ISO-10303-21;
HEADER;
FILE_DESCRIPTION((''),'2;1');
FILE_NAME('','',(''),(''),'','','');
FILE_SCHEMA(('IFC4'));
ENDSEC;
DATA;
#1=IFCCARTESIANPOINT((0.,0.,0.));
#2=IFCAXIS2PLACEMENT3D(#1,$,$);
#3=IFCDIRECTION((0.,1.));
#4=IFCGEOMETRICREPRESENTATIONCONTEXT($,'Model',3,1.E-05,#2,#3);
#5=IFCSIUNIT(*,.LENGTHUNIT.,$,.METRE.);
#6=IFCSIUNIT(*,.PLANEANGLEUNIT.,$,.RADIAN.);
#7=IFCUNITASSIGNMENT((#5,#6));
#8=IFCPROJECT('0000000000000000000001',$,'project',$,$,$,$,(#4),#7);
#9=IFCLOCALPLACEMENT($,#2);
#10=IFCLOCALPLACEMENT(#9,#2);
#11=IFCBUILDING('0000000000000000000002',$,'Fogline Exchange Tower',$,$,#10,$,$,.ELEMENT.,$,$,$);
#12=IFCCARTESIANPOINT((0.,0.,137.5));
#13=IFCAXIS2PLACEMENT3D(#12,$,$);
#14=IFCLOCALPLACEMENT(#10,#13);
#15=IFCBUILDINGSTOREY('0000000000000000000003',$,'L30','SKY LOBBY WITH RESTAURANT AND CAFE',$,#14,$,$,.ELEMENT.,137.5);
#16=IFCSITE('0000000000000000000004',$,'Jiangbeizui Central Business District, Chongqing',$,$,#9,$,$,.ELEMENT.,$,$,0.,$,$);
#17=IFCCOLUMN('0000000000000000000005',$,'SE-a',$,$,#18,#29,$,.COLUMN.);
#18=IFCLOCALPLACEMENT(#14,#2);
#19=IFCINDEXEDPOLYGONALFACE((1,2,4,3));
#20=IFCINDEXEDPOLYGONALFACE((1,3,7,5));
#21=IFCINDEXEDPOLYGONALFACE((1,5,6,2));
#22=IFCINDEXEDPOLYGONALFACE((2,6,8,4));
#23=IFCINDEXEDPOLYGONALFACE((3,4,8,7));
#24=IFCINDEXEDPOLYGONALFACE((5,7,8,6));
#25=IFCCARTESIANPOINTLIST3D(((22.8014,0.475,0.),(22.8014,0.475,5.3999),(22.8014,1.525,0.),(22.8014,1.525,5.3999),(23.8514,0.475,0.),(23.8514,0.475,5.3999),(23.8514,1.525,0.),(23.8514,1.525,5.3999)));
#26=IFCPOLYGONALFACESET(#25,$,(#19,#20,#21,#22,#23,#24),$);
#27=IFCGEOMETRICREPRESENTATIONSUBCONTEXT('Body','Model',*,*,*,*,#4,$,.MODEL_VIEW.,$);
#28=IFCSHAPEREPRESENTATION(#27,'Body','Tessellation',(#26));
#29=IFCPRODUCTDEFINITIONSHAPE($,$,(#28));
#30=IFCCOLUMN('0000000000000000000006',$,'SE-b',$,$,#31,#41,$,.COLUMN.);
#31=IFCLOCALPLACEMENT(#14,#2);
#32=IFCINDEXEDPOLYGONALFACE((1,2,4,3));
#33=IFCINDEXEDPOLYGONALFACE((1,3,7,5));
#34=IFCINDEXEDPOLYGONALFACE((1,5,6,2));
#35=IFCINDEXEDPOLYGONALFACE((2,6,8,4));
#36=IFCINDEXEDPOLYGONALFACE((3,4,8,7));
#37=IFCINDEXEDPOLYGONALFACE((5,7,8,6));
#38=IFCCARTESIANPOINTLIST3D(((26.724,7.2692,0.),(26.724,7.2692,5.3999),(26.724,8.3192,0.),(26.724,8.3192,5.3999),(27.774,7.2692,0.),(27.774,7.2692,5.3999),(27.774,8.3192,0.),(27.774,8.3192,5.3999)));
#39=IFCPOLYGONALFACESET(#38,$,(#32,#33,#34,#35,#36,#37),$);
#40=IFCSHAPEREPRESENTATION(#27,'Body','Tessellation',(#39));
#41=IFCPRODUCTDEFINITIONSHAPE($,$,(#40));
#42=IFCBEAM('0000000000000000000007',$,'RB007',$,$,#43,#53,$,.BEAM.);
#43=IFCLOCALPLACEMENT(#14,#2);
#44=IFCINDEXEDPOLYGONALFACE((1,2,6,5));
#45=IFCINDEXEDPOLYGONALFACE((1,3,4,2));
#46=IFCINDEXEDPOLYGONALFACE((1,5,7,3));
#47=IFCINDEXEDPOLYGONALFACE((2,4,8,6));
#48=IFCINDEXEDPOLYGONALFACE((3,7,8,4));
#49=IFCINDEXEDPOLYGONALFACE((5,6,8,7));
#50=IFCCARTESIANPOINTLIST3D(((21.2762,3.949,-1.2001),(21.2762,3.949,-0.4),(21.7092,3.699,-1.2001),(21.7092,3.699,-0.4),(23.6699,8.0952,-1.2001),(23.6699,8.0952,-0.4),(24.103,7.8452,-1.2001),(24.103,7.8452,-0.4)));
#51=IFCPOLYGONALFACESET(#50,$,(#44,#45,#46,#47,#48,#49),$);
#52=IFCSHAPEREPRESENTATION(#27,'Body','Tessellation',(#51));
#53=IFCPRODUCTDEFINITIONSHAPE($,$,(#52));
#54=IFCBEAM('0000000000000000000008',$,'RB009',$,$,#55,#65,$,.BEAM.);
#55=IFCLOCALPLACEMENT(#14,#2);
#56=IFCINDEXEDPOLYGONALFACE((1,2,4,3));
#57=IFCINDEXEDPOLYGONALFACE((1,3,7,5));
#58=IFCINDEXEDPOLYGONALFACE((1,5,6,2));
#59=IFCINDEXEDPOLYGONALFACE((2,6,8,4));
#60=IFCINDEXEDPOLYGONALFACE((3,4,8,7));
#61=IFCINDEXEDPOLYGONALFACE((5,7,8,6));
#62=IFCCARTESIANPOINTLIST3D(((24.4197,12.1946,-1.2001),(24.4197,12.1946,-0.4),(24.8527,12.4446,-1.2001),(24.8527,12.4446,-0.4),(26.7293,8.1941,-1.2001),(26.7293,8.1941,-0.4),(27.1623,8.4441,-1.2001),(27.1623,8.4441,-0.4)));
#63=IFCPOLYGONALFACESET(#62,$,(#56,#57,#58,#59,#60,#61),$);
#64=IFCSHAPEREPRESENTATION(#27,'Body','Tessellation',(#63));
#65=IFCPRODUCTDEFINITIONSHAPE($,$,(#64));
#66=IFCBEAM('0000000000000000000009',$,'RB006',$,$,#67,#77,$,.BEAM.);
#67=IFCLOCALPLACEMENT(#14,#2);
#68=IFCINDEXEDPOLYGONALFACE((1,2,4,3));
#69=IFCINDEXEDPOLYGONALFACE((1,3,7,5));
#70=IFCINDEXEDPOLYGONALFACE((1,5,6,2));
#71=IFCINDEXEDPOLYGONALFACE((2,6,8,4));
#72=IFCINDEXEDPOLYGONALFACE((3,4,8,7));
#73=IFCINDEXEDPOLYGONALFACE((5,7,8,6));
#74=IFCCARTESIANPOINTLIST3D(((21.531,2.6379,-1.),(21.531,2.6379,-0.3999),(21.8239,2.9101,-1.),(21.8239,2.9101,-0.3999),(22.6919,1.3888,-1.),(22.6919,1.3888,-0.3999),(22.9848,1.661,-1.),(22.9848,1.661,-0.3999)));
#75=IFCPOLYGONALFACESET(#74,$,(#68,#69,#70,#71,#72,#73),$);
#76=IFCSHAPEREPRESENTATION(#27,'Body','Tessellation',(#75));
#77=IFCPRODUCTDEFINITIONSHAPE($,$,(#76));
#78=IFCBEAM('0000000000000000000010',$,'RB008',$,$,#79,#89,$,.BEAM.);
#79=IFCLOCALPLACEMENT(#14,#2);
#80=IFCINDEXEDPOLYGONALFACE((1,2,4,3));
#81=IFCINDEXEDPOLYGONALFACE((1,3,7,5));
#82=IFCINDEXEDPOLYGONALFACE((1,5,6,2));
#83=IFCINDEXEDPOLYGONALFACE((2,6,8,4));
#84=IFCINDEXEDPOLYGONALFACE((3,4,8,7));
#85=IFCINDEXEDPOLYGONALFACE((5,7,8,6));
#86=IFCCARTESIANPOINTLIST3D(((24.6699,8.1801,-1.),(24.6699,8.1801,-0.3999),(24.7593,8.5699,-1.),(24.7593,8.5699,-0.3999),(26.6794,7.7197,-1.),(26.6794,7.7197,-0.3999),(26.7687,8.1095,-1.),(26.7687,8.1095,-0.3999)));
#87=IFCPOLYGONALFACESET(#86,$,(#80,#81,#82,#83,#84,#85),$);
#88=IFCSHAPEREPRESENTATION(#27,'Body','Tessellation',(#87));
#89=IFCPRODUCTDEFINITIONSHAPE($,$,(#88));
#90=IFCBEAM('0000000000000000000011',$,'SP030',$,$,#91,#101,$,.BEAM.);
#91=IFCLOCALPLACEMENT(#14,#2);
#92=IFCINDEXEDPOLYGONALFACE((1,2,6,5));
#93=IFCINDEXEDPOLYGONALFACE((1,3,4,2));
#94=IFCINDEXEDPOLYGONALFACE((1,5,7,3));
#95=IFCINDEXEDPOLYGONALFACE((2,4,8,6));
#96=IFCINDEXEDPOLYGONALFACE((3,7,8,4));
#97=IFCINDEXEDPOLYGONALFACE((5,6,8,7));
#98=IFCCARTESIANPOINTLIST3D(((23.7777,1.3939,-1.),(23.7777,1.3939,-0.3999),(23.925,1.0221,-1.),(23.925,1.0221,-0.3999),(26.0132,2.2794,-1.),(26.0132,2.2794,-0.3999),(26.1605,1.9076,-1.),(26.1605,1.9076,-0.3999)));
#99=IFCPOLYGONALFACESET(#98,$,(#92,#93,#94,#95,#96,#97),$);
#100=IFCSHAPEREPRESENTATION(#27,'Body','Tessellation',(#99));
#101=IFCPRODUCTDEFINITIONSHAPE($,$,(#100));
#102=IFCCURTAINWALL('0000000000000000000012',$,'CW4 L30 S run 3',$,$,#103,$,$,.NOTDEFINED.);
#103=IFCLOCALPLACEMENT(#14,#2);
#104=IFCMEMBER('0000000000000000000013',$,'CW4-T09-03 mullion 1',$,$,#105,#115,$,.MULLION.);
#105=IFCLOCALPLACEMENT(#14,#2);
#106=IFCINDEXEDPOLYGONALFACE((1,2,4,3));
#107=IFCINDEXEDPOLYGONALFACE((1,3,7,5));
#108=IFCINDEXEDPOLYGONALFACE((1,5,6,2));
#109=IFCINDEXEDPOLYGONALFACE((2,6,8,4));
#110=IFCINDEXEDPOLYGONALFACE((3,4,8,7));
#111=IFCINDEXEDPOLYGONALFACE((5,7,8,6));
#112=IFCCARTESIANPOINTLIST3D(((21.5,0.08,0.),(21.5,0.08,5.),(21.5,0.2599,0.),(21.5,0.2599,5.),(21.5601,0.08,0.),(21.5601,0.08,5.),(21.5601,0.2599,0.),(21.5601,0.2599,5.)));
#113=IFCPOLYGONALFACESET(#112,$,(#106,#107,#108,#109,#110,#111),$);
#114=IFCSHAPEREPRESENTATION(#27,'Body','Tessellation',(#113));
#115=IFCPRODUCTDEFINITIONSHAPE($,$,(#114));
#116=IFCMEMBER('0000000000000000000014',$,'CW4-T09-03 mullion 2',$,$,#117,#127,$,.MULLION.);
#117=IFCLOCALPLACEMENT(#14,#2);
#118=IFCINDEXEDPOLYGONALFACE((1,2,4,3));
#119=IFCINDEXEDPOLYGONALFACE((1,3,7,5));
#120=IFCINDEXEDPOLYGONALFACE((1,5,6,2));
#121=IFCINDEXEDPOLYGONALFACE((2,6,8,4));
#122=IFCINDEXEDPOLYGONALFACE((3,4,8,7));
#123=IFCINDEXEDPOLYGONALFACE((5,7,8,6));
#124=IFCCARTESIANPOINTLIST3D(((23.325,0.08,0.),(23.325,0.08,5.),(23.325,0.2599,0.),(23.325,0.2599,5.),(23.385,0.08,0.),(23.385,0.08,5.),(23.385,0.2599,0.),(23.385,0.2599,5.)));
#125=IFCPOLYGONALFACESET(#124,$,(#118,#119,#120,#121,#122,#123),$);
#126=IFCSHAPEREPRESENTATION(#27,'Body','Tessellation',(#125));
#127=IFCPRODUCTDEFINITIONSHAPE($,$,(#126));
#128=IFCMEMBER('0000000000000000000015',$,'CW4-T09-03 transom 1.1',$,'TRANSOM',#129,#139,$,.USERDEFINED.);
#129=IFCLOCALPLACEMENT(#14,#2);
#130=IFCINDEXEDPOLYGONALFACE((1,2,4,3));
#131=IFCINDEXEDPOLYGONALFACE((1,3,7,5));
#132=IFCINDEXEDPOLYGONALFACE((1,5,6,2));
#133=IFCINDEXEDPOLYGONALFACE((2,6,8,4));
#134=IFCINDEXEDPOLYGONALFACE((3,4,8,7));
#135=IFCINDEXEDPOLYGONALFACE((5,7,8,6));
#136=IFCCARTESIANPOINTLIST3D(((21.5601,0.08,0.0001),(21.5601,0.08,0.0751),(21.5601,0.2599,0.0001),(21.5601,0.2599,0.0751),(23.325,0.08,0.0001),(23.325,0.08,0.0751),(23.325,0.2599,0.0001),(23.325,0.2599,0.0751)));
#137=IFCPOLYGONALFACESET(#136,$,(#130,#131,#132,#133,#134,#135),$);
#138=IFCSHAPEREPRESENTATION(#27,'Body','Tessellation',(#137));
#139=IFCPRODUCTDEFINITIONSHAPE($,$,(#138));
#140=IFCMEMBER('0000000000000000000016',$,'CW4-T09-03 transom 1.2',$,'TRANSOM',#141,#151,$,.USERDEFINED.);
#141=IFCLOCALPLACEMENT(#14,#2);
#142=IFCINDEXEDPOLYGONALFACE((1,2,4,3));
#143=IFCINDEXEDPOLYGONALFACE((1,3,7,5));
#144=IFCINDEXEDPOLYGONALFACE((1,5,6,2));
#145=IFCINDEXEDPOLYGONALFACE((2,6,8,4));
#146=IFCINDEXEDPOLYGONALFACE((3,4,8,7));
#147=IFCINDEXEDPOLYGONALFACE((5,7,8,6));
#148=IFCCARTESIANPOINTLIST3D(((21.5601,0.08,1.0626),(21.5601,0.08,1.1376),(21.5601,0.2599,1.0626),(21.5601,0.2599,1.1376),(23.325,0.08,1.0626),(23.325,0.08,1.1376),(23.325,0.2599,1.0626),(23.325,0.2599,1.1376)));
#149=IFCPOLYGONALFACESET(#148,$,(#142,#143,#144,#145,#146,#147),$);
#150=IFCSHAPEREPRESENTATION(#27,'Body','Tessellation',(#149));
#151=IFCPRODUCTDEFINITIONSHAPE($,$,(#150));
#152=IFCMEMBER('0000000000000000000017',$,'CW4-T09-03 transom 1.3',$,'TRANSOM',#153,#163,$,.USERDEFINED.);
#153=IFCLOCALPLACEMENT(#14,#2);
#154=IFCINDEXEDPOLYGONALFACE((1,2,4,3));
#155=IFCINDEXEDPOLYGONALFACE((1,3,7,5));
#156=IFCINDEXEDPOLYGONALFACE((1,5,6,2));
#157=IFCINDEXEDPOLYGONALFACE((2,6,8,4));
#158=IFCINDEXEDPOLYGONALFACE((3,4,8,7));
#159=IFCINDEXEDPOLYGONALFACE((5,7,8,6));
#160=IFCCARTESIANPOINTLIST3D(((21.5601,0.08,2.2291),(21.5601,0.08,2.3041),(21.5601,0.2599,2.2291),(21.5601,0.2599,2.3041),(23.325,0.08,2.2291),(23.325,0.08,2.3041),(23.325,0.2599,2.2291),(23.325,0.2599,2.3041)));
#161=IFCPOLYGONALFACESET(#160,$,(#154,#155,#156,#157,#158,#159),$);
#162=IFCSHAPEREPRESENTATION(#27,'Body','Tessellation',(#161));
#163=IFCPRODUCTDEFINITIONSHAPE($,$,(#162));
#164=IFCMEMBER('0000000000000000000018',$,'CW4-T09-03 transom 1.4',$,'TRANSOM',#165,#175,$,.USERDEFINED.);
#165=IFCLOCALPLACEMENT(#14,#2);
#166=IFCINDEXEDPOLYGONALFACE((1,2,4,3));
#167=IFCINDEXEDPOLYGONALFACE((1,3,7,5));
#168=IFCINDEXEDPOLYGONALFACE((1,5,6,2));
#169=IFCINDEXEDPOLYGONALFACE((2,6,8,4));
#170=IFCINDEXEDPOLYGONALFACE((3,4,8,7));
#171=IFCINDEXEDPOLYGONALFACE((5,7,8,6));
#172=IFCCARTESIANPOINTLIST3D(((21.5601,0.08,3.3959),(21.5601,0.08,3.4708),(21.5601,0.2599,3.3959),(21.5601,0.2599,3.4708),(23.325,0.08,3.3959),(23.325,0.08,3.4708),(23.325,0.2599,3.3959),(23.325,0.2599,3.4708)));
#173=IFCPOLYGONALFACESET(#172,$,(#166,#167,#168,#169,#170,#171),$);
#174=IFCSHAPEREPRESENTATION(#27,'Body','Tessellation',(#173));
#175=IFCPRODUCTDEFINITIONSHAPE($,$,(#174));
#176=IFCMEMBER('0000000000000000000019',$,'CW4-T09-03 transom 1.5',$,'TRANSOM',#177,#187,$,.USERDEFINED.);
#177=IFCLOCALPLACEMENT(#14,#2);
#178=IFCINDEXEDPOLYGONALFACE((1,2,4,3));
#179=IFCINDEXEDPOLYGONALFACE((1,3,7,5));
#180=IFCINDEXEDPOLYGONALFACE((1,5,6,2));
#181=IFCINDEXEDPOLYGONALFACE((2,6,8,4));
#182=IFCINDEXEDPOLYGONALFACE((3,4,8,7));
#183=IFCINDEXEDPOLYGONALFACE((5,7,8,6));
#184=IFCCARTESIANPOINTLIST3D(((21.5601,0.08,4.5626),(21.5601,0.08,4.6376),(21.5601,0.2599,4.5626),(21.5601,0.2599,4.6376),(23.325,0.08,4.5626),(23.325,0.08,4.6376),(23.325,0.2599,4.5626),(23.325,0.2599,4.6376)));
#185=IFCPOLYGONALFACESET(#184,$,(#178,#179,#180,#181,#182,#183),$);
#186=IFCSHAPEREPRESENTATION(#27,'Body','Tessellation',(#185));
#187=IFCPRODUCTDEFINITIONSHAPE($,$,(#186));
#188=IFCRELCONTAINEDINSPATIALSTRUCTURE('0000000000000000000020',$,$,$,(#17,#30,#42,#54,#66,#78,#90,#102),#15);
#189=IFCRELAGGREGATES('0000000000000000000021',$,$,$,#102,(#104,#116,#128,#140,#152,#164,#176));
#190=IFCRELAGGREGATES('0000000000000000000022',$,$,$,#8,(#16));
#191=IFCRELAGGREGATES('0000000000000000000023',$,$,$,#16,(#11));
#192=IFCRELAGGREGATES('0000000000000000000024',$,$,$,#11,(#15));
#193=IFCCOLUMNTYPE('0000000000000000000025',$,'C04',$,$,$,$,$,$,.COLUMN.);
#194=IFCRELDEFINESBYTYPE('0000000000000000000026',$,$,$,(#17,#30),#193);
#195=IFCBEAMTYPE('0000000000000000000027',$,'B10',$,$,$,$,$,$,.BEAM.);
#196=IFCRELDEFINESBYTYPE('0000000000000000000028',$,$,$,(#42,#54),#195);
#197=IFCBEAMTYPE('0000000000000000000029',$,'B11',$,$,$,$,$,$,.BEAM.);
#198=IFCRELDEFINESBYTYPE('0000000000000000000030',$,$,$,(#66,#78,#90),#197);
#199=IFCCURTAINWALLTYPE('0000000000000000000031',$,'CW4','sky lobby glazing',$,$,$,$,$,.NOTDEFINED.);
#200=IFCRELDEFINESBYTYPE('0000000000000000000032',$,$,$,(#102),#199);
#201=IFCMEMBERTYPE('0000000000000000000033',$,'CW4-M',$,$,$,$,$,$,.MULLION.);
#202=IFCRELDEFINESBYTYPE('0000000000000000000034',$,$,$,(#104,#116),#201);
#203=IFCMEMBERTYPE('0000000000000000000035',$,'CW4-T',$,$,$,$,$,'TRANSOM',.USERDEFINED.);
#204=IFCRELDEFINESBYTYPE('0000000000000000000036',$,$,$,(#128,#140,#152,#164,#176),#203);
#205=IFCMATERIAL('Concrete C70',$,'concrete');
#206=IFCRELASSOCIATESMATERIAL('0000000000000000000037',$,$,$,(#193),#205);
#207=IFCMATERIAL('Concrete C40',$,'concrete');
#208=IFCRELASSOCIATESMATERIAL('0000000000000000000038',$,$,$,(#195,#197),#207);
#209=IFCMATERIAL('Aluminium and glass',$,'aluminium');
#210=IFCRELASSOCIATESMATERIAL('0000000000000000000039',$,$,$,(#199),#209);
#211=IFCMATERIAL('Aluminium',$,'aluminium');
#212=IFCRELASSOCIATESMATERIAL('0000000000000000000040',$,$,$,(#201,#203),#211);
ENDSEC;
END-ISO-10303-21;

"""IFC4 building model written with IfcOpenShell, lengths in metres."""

from ifc_helpers import new_model, si_unit, direction, frame, origin, origin_2d, place, context, subcontext, project, spatial, rectangle, extrude, material, material_profile, profile_set, type_object, element, aggregate, save


model = new_model("IFC4")

# Units and contexts
model_context = context("Model", 3, precision=1e-05, world=origin(), true_north=direction((0.0, 1.0)))
body_context = subcontext(model_context, "Body", "Model", "MODEL_VIEW")
ifc_project = project(units=[si_unit("LENGTHUNIT", "METRE"), si_unit("PLANEANGLEUNIT", "RADIAN")], contexts=[model_context])

# Site, building, storey
site_placement = place(None, origin())
site = spatial("IfcSite", under=ifc_project, at=site_placement, Name="Jiangbeizui Central Business District, Chongqing", CompositionType="ELEMENT", RefElevation=0.0)
building_placement = place(site_placement, origin())
building = spatial("IfcBuilding", under=site, at=building_placement, Name="Fogline Exchange Tower", CompositionType="ELEMENT")
storey_placement = place(building_placement, frame((0.0, 0.0, 137.5)))
storey = spatial("IfcBuildingStorey", under=building, at=storey_placement, Name="L30", Description="SKY LOBBY WITH RESTAURANT AND CAFE", CompositionType="ELEMENT", Elevation=137.5)

# Columns
ifc_material_1 = material(Name="Concrete C70", Category="concrete")
ifc_material_profile_1 = material_profile(ifc_material_1, rectangle(XDim=1.05, YDim=1.05, at=origin_2d()), Name="RC 1050x1050")
ifc_profile_set_1 = profile_set([ifc_material_profile_1], Name="Concrete C70")
column_type = type_object("IfcColumnType", Name="C04", PredefinedType="COLUMN", material=ifc_profile_set_1)
for number, where, z_axis, x_axis, name in (
    (1, (23.3264, 1.0, 0.0), (0.0, 0.0, 1.0), (1.0, 0.0, 0.0), "SE-a"),
    (2, (27.249, 7.7942, 0.0), (0.0, 0.0, 1.0), (1.0, 0.0, 0.0), "SE-b"),
):
    element("IfcColumn", number, at=place(storey_placement, frame(where, z_axis=z_axis, x_axis=x_axis)), inside=storey, type_object=column_type, Name=name, PredefinedType="COLUMN", context=body_context, shape_type="SweptSolid", body=[
        extrude(rectangle(XDim=1.05, YDim=1.05, at=origin_2d()), origin(), (0.0, 0.0, 1.0), 5.3999),
    ])

# Beams
ifc_material_2 = material(Name="Concrete C40", Category="concrete")
ifc_material_profile_2 = material_profile(ifc_material_2, rectangle(XDim=0.5, YDim=0.8, at=origin_2d()), Name="RC 500x800")
ifc_profile_set_2 = profile_set([ifc_material_profile_2], Name="Concrete C40")
beam_type_1 = type_object("IfcBeamType", Name="B10", PredefinedType="BEAM", material=ifc_profile_set_2)
beam_1_placement = place(storey_placement, frame((21.4927, 3.824, -0.8), z_axis=(0.499995, 0.866028, 0.0), x_axis=(-0.866028, 0.499995, 0.0)))
element("IfcBeam", 3, at=beam_1_placement, inside=storey, type_object=beam_type_1, Name="RB007", PredefinedType="BEAM", context=body_context, shape_type="SweptSolid", body=[
    extrude(rectangle(XDim=0.5, YDim=0.8, at=origin_2d()), origin(), (0.0, 0.0, 1.0), 4.7876),
])
beam_2_placement = place(storey_placement, frame((26.9458, 8.3191, -0.8), z_axis=(-0.499982, 0.866036, 0.0), x_axis=(-0.866036, -0.499982, 0.0)))
element("IfcBeam", 4, at=beam_2_placement, inside=storey, type_object=beam_type_1, Name="RB009", PredefinedType="BEAM", context=body_context, shape_type="SweptSolid", body=[
    extrude(rectangle(XDim=0.5, YDim=0.8, at=origin_2d()), origin(), (0.0, 0.0, 1.0), 4.6194),
])
ifc_material_profile_3 = material_profile(ifc_material_2, rectangle(XDim=0.3999, YDim=0.6001, at=origin_2d()), Name="RC 400x600")
ifc_profile_set_3 = profile_set([ifc_material_profile_3], Name="Concrete C40")
beam_type_2 = type_object("IfcBeamType", Name="B11", PredefinedType="BEAM", material=ifc_profile_set_3)
beam_3_placement = place(storey_placement, frame((22.8384, 1.5249, -0.7), z_axis=(-0.680792, 0.732477, 0.0), x_axis=(-0.732477, -0.680792, 0.0)))
element("IfcBeam", 5, at=beam_3_placement, inside=storey, type_object=beam_type_2, Name="RB006", PredefinedType="BEAM", context=body_context, shape_type="SweptSolid", body=[
    extrude(rectangle(XDim=0.3999, YDim=0.6001, at=origin_2d()), origin(), (0.0, 0.0, 1.0), 1.7053),
])
beam_4_placement = place(storey_placement, frame((24.7146, 8.375, -0.7), z_axis=(0.974739, -0.223346, 0.0), x_axis=(0.223346, 0.974739, 0.0)))
element("IfcBeam", 6, at=beam_4_placement, inside=storey, type_object=beam_type_2, Name="RB008", PredefinedType="BEAM", context=body_context, shape_type="SweptSolid", body=[
    extrude(rectangle(XDim=0.3999, YDim=0.6001, at=origin_2d()), origin(), (0.0, 0.0, 1.0), 2.0615),
])
beam_5_placement = place(storey_placement, frame((23.8513, 1.208, -0.7), z_axis=(0.929725, 0.368255, 0.0), x_axis=(-0.368255, 0.929725, 0.0)))
element("IfcBeam", 7, at=beam_5_placement, inside=storey, type_object=beam_type_2, Name="SP030", PredefinedType="BEAM", context=body_context, shape_type="SweptSolid", body=[
    extrude(rectangle(XDim=0.3999, YDim=0.6001, at=origin_2d()), origin(), (0.0, 0.0, 1.0), 2.4045),
])

# Curtain wall, members
ifc_material_3 = material(Name="Aluminium and glass", Category="aluminium")
curtain_wall_type = type_object("IfcCurtainWallType", Name="CW4", Description="sky lobby glazing", PredefinedType="NOTDEFINED", material=ifc_material_3)
curtain_wall_placement = place(storey_placement, origin())
curtain_wall = element("IfcCurtainWall", 8, at=curtain_wall_placement, inside=storey, type_object=curtain_wall_type, Name="CW4 L30 S run 3", PredefinedType="NOTDEFINED")
ifc_material_4 = material(Name="Aluminium", Category="aluminium")
ifc_material_profile_4 = material_profile(ifc_material_4, rectangle(XDim=0.1799, YDim=0.0601, at=origin_2d()), Name="Mullion 60x180")
ifc_profile_set_4 = profile_set([ifc_material_profile_4], Name="Aluminium")
member_type_1 = type_object("IfcMemberType", Name="CW4-M", PredefinedType="MULLION", material=ifc_profile_set_4)
member_1_placement = place(storey_placement, frame((21.53, 0.1699, 0.0), z_axis=(0.0, 0.0, 1.0), x_axis=(0.0, 1.0, 0.0)))
member_1 = element("IfcMember", 9, at=member_1_placement, type_object=member_type_1, Name="CW4-T09-03 mullion 1", PredefinedType="MULLION", context=body_context, shape_type="SweptSolid", body=[
    extrude(rectangle(XDim=0.1799, YDim=0.0601, at=origin_2d()), origin(), (0.0, 0.0, 1.0), 5.0),
])
member_2_placement = place(storey_placement, frame((23.355, 0.1699, 0.0), z_axis=(0.0, 0.0, 1.0), x_axis=(0.0, 1.0, 0.0)))
member_2 = element("IfcMember", 10, at=member_2_placement, type_object=member_type_1, Name="CW4-T09-03 mullion 2", PredefinedType="MULLION", context=body_context, shape_type="SweptSolid", body=[
    extrude(rectangle(XDim=0.1799, YDim=0.0601, at=origin_2d()), origin(), (0.0, 0.0, 1.0), 5.0),
])
ifc_material_profile_5 = material_profile(ifc_material_4, rectangle(XDim=0.1799, YDim=0.075, at=origin_2d()), Name="Transom 75x180")
ifc_profile_set_5 = profile_set([ifc_material_profile_5], Name="Aluminium")
member_type_2 = type_object("IfcMemberType", Name="CW4-T", ElementType="TRANSOM", PredefinedType="USERDEFINED", material=ifc_profile_set_5)
member_3_placement = place(storey_placement, frame((21.5601, 0.1699, 0.0376), z_axis=(1.0, 0.0, 0.0), x_axis=(0.0, 1.0, 0.0)))
member_3 = element("IfcMember", 11, at=member_3_placement, type_object=member_type_2, Name="CW4-T09-03 transom 1.1", ObjectType="TRANSOM", PredefinedType="USERDEFINED", context=body_context, shape_type="SweptSolid", body=[
    extrude(rectangle(XDim=0.1799, YDim=0.075, at=origin_2d()), origin(), (0.0, 0.0, 1.0), 1.7649),
])
member_4_placement = place(storey_placement, frame((21.5601, 0.1699, 1.1001), z_axis=(1.0, 0.0, 0.0), x_axis=(0.0, 1.0, 0.0)))
member_4 = element("IfcMember", 12, at=member_4_placement, type_object=member_type_2, Name="CW4-T09-03 transom 1.2", ObjectType="TRANSOM", PredefinedType="USERDEFINED", context=body_context, shape_type="SweptSolid", body=[
    extrude(rectangle(XDim=0.1799, YDim=0.075, at=origin_2d()), origin(), (0.0, 0.0, 1.0), 1.7649),
])
member_5_placement = place(storey_placement, frame((21.5601, 0.1699, 2.2666), z_axis=(1.0, 0.0, 0.0), x_axis=(0.0, 1.0, 0.0)))
member_5 = element("IfcMember", 13, at=member_5_placement, type_object=member_type_2, Name="CW4-T09-03 transom 1.3", ObjectType="TRANSOM", PredefinedType="USERDEFINED", context=body_context, shape_type="SweptSolid", body=[
    extrude(rectangle(XDim=0.1799, YDim=0.075, at=origin_2d()), origin(), (0.0, 0.0, 1.0), 1.7649),
])
member_6_placement = place(storey_placement, frame((21.5601, 0.1699, 3.4333), z_axis=(1.0, 0.0, 0.0), x_axis=(0.0, 1.0, 0.0)))
member_6 = element("IfcMember", 14, at=member_6_placement, type_object=member_type_2, Name="CW4-T09-03 transom 1.4", ObjectType="TRANSOM", PredefinedType="USERDEFINED", context=body_context, shape_type="SweptSolid", body=[
    extrude(rectangle(XDim=0.1799, YDim=0.075, at=origin_2d()), origin(), (0.0, 0.0, 1.0), 1.7649),
])
member_7_placement = place(storey_placement, frame((21.5601, 0.1699, 4.6001), z_axis=(1.0, 0.0, 0.0), x_axis=(0.0, 1.0, 0.0)))
member_7 = element("IfcMember", 15, at=member_7_placement, type_object=member_type_2, Name="CW4-T09-03 transom 1.5", ObjectType="TRANSOM", PredefinedType="USERDEFINED", context=body_context, shape_type="SweptSolid", body=[
    extrude(rectangle(XDim=0.1799, YDim=0.075, at=origin_2d()), origin(), (0.0, 0.0, 1.0), 1.7649),
])
aggregate(curtain_wall, [member_1, member_2, member_3, member_4, member_5, member_6, member_7])

save(model, "model.ifc")
